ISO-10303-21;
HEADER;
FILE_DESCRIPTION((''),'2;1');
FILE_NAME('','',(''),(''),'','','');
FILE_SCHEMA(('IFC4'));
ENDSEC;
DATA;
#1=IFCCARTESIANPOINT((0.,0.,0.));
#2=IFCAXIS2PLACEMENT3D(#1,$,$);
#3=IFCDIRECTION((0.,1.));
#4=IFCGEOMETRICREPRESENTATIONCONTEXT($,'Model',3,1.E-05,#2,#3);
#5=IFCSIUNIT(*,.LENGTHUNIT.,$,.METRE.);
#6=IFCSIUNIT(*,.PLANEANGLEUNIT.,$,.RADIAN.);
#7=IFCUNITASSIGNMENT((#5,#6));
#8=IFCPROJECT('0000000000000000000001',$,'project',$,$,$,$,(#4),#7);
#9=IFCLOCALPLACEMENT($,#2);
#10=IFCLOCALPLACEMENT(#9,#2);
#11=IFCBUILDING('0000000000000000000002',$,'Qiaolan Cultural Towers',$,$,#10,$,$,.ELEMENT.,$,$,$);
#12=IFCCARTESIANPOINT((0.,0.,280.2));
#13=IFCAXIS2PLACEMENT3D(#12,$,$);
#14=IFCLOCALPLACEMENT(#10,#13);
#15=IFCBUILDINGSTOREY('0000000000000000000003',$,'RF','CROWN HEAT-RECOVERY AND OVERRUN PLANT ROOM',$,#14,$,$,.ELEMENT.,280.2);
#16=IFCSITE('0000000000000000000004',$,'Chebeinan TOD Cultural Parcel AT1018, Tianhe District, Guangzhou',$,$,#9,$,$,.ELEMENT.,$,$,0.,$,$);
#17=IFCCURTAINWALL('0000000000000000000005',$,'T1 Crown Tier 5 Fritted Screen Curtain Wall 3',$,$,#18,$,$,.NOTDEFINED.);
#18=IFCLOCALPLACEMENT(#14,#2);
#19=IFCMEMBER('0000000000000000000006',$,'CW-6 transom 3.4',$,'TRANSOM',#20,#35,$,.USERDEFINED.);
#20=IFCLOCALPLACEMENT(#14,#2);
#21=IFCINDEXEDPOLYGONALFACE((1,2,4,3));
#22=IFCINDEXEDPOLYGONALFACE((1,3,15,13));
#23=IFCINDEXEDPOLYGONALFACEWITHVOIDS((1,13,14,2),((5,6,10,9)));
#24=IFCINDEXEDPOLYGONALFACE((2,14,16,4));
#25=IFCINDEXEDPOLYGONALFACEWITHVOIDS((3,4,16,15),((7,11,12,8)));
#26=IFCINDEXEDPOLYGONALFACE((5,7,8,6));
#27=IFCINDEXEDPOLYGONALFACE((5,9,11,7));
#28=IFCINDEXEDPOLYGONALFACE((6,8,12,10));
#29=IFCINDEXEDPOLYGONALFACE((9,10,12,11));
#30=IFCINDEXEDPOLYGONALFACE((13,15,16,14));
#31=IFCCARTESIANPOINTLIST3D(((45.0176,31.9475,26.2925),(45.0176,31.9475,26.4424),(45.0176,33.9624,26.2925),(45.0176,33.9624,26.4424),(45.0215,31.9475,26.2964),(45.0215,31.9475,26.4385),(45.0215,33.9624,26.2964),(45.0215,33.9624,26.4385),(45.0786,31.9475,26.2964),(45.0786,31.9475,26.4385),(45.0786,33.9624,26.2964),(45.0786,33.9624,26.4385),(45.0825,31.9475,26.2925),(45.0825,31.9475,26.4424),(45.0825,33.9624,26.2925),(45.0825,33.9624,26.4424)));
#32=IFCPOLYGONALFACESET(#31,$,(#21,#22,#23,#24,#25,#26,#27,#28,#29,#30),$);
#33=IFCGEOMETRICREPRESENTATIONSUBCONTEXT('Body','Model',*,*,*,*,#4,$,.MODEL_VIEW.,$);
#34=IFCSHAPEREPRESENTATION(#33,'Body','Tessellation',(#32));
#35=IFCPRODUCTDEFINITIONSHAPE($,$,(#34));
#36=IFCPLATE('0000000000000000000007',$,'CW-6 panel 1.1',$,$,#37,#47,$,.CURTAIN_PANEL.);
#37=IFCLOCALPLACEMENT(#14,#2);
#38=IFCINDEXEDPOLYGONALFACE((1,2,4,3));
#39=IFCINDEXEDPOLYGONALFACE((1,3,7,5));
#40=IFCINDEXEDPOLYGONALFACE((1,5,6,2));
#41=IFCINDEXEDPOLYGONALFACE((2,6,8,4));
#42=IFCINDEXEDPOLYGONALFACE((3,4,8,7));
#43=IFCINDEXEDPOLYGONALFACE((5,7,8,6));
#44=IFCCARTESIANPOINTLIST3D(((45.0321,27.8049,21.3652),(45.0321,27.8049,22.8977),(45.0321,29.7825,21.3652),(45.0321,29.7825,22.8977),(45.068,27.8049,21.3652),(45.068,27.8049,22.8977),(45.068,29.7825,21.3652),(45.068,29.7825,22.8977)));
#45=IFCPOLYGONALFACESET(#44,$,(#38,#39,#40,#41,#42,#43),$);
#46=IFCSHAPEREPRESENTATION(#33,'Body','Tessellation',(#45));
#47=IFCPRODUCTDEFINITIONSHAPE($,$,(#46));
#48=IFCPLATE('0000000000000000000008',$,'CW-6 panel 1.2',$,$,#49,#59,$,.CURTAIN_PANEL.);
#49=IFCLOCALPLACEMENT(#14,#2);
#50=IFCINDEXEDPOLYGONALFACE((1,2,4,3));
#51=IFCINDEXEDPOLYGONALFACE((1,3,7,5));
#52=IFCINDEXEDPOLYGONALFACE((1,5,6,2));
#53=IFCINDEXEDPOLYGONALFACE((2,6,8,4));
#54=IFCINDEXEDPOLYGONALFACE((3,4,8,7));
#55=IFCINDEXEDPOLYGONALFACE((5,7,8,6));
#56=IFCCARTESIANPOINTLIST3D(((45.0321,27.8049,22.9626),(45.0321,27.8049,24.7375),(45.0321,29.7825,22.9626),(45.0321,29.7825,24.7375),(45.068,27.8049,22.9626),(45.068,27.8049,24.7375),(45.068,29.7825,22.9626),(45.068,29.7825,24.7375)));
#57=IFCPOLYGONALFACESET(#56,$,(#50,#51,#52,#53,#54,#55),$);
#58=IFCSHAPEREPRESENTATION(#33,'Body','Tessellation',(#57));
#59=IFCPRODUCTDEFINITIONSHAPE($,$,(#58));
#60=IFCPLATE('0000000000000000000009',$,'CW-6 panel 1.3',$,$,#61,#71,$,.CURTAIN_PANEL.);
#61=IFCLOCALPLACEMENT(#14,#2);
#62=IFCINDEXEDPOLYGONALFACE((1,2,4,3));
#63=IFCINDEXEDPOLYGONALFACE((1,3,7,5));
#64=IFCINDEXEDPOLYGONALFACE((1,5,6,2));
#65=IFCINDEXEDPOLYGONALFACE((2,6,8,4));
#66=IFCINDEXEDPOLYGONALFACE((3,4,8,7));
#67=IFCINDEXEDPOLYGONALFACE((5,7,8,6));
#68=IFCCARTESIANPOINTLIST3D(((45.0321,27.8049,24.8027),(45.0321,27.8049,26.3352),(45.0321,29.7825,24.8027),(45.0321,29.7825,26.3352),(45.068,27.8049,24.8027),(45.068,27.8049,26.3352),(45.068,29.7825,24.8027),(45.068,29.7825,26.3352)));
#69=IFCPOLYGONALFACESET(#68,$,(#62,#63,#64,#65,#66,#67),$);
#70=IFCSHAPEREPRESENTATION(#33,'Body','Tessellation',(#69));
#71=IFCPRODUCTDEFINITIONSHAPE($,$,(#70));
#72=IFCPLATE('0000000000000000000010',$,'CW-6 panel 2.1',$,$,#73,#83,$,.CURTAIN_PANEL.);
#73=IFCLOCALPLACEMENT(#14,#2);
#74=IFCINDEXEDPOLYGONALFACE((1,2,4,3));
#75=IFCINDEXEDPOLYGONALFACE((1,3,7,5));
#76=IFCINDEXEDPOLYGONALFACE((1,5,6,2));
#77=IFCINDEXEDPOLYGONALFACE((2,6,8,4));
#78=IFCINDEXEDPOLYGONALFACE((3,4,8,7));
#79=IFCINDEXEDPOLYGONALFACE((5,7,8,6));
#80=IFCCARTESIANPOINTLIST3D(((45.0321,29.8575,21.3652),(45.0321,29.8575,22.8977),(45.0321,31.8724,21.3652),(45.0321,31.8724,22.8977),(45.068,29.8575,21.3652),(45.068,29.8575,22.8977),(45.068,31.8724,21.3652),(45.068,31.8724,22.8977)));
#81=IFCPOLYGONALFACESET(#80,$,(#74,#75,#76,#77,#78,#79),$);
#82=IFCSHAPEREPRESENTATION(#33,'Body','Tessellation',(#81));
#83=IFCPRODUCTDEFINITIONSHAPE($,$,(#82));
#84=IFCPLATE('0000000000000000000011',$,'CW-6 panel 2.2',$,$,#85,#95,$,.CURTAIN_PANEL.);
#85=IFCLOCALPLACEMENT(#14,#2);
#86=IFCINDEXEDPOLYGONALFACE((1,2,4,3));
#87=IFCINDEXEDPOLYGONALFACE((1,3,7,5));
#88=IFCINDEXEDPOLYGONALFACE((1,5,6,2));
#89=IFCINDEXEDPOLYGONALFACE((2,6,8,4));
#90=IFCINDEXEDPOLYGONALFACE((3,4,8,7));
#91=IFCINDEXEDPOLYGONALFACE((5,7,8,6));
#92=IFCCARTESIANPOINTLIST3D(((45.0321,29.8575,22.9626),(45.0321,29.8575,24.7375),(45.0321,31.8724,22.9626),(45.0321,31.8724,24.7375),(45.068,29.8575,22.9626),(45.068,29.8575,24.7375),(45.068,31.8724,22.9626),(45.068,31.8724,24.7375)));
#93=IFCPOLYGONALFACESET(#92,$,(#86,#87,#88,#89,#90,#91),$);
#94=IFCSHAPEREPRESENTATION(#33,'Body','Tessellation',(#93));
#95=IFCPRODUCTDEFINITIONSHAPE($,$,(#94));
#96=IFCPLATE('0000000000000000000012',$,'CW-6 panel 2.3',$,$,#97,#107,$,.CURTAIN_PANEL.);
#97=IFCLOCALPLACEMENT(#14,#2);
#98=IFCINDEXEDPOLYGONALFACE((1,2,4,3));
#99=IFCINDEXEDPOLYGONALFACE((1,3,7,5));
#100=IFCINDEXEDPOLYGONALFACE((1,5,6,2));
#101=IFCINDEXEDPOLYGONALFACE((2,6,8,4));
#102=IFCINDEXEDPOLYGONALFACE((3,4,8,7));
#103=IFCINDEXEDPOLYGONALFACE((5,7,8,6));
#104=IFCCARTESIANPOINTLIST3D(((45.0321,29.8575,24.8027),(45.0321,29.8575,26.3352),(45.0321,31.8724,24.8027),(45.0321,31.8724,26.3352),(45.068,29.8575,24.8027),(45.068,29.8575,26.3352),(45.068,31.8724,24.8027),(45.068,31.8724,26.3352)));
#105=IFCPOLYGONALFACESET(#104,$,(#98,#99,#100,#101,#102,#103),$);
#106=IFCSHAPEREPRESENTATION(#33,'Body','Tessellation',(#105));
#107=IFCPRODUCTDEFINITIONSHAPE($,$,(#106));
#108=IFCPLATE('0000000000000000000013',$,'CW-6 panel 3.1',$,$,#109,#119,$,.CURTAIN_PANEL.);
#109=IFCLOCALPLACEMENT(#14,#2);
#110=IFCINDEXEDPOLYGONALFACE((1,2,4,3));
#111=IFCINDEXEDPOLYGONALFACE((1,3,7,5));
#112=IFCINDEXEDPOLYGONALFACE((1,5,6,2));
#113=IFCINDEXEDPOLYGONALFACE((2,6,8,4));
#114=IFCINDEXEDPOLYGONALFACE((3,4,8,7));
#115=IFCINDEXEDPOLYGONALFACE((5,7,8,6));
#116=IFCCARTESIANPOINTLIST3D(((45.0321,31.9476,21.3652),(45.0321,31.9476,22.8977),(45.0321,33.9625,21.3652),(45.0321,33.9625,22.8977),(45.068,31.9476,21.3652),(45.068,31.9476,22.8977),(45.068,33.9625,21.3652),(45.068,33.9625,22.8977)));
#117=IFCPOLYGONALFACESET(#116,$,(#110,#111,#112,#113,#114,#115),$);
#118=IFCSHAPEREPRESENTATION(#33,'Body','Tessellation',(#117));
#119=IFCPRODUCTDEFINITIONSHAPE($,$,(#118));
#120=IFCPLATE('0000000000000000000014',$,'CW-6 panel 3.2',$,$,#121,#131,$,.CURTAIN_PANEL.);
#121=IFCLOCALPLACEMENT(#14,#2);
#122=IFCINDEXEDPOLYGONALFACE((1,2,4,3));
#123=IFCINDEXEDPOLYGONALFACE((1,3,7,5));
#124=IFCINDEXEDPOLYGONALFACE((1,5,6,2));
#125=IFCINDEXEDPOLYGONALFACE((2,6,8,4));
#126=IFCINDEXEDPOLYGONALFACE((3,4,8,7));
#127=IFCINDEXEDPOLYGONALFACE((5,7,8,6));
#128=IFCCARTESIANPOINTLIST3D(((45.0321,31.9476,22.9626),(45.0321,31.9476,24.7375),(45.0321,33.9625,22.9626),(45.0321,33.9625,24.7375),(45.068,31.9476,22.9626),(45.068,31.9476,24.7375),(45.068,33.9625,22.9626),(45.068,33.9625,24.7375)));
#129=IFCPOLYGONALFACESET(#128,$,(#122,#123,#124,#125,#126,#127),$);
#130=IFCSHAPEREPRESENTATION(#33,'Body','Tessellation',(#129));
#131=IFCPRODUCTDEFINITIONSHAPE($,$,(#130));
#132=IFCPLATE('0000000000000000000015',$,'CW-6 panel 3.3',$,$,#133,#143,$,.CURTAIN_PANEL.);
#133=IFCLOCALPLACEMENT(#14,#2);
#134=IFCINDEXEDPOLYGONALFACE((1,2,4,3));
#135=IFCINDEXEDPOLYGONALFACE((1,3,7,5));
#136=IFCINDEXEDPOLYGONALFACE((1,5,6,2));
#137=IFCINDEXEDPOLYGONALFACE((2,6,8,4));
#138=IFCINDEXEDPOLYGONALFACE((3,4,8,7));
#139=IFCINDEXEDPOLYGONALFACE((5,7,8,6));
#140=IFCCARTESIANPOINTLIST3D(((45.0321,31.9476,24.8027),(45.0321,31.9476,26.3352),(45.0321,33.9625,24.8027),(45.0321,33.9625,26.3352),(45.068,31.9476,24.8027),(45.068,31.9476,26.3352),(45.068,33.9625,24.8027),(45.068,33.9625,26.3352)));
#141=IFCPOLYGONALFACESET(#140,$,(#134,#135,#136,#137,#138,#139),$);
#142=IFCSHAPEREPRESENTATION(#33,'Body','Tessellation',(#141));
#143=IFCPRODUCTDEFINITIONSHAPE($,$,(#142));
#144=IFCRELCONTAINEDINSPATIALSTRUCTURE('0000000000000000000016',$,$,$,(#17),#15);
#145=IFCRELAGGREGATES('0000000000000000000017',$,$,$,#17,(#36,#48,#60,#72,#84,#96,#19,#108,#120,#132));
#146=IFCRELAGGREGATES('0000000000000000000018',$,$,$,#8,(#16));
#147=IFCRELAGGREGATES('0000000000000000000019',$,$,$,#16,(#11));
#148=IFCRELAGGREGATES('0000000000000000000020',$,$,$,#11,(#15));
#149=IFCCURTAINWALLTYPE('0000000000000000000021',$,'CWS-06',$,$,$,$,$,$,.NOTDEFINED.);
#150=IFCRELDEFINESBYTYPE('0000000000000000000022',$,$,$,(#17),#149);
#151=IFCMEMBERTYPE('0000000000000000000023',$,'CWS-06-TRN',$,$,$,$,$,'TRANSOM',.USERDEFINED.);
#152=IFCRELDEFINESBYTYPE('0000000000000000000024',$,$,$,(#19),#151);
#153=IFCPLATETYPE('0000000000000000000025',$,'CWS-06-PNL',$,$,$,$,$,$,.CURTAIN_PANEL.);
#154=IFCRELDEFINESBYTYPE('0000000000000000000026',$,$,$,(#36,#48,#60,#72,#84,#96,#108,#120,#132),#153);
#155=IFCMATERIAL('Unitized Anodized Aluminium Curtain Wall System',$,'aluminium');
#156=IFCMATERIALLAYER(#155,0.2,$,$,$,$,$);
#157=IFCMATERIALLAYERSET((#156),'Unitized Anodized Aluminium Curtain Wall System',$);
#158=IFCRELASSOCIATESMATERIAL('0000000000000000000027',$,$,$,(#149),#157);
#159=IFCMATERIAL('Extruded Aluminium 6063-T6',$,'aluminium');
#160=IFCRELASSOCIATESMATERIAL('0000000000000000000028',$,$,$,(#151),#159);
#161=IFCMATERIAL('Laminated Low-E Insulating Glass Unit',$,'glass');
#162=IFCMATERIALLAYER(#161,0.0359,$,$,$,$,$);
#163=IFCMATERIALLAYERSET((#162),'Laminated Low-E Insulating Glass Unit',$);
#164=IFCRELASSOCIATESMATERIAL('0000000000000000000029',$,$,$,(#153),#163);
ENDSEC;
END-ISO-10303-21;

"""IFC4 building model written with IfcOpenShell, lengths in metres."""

from ifc_helpers import new_model, si_unit, direction, frame, origin, origin_2d, place, context, subcontext, project, spatial, rectangle, hollow_rectangle, extrude, material, layer, layer_set, material_profile, profile_set, type_object, element, aggregate, save


model = new_model("IFC4")

# Units and contexts
model_context = context("Model", 3, precision=1e-05, world=origin(), true_north=direction((0.0, 1.0)))
body_context = subcontext(model_context, "Body", "Model", "MODEL_VIEW")
ifc_project = project(units=[si_unit("LENGTHUNIT", "METRE"), si_unit("PLANEANGLEUNIT", "RADIAN")], contexts=[model_context])

# Site, building, storey
site_placement = place(None, origin())
site = spatial("IfcSite", under=ifc_project, at=site_placement, Name="Chebeinan TOD Cultural Parcel AT1018, Tianhe District, Guangzhou", CompositionType="ELEMENT", RefElevation=0.0)
building_placement = place(site_placement, origin())
building = spatial("IfcBuilding", under=site, at=building_placement, Name="Qiaolan Cultural Towers", CompositionType="ELEMENT")
storey_placement = place(building_placement, frame((0.0, 0.0, 280.2)))
storey = spatial("IfcBuildingStorey", under=building, at=storey_placement, Name="RF", Description="CROWN HEAT-RECOVERY AND OVERRUN PLANT ROOM", CompositionType="ELEMENT", Elevation=280.2)

# Curtain wall, member, plates
ifc_material_1 = material(Name="Unitized Anodized Aluminium Curtain Wall System", Category="aluminium")
ifc_layer_1 = layer(ifc_material_1, 0.2)
ifc_layer_set_1 = layer_set([ifc_layer_1], Name="Unitized Anodized Aluminium Curtain Wall System")
curtain_wall_type = type_object("IfcCurtainWallType", Name="CWS-06", PredefinedType="NOTDEFINED", material=ifc_layer_set_1)
curtain_wall_placement = place(storey_placement, origin())
curtain_wall = element("IfcCurtainWall", 1, at=curtain_wall_placement, inside=storey, type_object=curtain_wall_type, Name="T1 Crown Tier 5 Fritted Screen Curtain Wall 3", PredefinedType="NOTDEFINED")
ifc_material_2 = material(Name="Extruded Aluminium 6063-T6", Category="aluminium")
ifc_material_profile = material_profile(ifc_material_2, hollow_rectangle(XDim=0.0649, YDim=0.1499, WallThickness=0.0039, at=origin_2d()), Name="CWT-150x65x4")
ifc_profile_set = profile_set([ifc_material_profile], Name="Extruded Aluminium 6063-T6")
member_type = type_object("IfcMemberType", Name="CWS-06-TRN", ElementType="TRANSOM", PredefinedType="USERDEFINED", material=ifc_profile_set)
member_1_placement = place(storey_placement, frame((45.05, 31.9475, 26.3674), z_axis=(0.0, 1.0, 0.0), x_axis=(-1.0, 0.0, 0.0)))
member_1 = element("IfcMember", 2, at=member_1_placement, type_object=member_type, Name="CW-6 transom 3.4", ObjectType="TRANSOM", PredefinedType="USERDEFINED", context=body_context, shape_type="SweptSolid", body=[
    extrude(hollow_rectangle(XDim=0.0649, YDim=0.1499, WallThickness=0.0039, at=origin_2d()), origin(), (0.0, 0.0, 1.0), 2.0149),
])
ifc_material_3 = material(Name="Laminated Low-E Insulating Glass Unit", Category="glass")
ifc_layer_2 = layer(ifc_material_3, 0.0359)
ifc_layer_set_2 = layer_set([ifc_layer_2], Name="Laminated Low-E Insulating Glass Unit")
plate_type = type_object("IfcPlateType", Name="CWS-06-PNL", PredefinedType="CURTAIN_PANEL", material=ifc_layer_set_2)
plate_1_placement = place(storey_placement, frame((45.05, 28.7937, 21.3652), z_axis=(0.0, 0.0, 1.0), x_axis=(0.0, 1.0, 0.0)))
plate_1 = element("IfcPlate", 3, at=plate_1_placement, type_object=plate_type, Name="CW-6 panel 1.1", PredefinedType="CURTAIN_PANEL", context=body_context, shape_type="SweptSolid", body=[
    extrude(rectangle(XDim=1.9775, YDim=0.0359, at=origin_2d()), origin(), (0.0, 0.0, 1.0), 1.5325),
])
plate_2_placement = place(storey_placement, frame((45.05, 28.7937, 22.9626), z_axis=(0.0, 0.0, 1.0), x_axis=(0.0, 1.0, 0.0)))
plate_2 = element("IfcPlate", 4, at=plate_2_placement, type_object=plate_type, Name="CW-6 panel 1.2", PredefinedType="CURTAIN_PANEL", context=body_context, shape_type="SweptSolid", body=[
    extrude(rectangle(XDim=1.9775, YDim=0.0359, at=origin_2d()), origin(), (0.0, 0.0, 1.0), 1.7749),
])
plate_3_placement = place(storey_placement, frame((45.05, 28.7937, 24.8027), z_axis=(0.0, 0.0, 1.0), x_axis=(0.0, 1.0, 0.0)))
plate_3 = element("IfcPlate", 5, at=plate_3_placement, type_object=plate_type, Name="CW-6 panel 1.3", PredefinedType="CURTAIN_PANEL", context=body_context, shape_type="SweptSolid", body=[
    extrude(rectangle(XDim=1.9775, YDim=0.0359, at=origin_2d()), origin(), (0.0, 0.0, 1.0), 1.5325),
])
plate_4_placement = place(storey_placement, frame((45.05, 30.865, 21.3652), z_axis=(0.0, 0.0, 1.0), x_axis=(0.0, 1.0, 0.0)))
plate_4 = element("IfcPlate", 6, at=plate_4_placement, type_object=plate_type, Name="CW-6 panel 2.1", PredefinedType="CURTAIN_PANEL", context=body_context, shape_type="SweptSolid", body=[
    extrude(rectangle(XDim=2.0149, YDim=0.0359, at=origin_2d()), origin(), (0.0, 0.0, 1.0), 1.5325),
])
plate_5_placement = place(storey_placement, frame((45.05, 30.865, 22.9626), z_axis=(0.0, 0.0, 1.0), x_axis=(0.0, 1.0, 0.0)))
plate_5 = element("IfcPlate", 7, at=plate_5_placement, type_object=plate_type, Name="CW-6 panel 2.2", PredefinedType="CURTAIN_PANEL", context=body_context, shape_type="SweptSolid", body=[
    extrude(rectangle(XDim=2.0149, YDim=0.0359, at=origin_2d()), origin(), (0.0, 0.0, 1.0), 1.7749),
])
plate_6_placement = place(storey_placement, frame((45.05, 30.865, 24.8027), z_axis=(0.0, 0.0, 1.0), x_axis=(0.0, 1.0, 0.0)))
plate_6 = element("IfcPlate", 8, at=plate_6_placement, type_object=plate_type, Name="CW-6 panel 2.3", PredefinedType="CURTAIN_PANEL", context=body_context, shape_type="SweptSolid", body=[
    extrude(rectangle(XDim=2.0149, YDim=0.0359, at=origin_2d()), origin(), (0.0, 0.0, 1.0), 1.5325),
])
plate_7_placement = place(storey_placement, frame((45.05, 32.9551, 21.3652), z_axis=(0.0, 0.0, 1.0), x_axis=(0.0, 1.0, 0.0)))
plate_7 = element("IfcPlate", 9, at=plate_7_placement, type_object=plate_type, Name="CW-6 panel 3.1", PredefinedType="CURTAIN_PANEL", context=body_context, shape_type="SweptSolid", body=[
    extrude(rectangle(XDim=2.0149, YDim=0.0359, at=origin_2d()), origin(), (0.0, 0.0, 1.0), 1.5325),
])
plate_8_placement = place(storey_placement, frame((45.05, 32.9551, 22.9626), z_axis=(0.0, 0.0, 1.0), x_axis=(0.0, 1.0, 0.0)))
plate_8 = element("IfcPlate", 10, at=plate_8_placement, type_object=plate_type, Name="CW-6 panel 3.2", PredefinedType="CURTAIN_PANEL", context=body_context, shape_type="SweptSolid", body=[
    extrude(rectangle(XDim=2.0149, YDim=0.0359, at=origin_2d()), origin(), (0.0, 0.0, 1.0), 1.7749),
])
plate_9_placement = place(storey_placement, frame((45.05, 32.9551, 24.8027), z_axis=(0.0, 0.0, 1.0), x_axis=(0.0, 1.0, 0.0)))
plate_9 = element("IfcPlate", 11, at=plate_9_placement, type_object=plate_type, Name="CW-6 panel 3.3", PredefinedType="CURTAIN_PANEL", context=body_context, shape_type="SweptSolid", body=[
    extrude(rectangle(XDim=2.0149, YDim=0.0359, at=origin_2d()), origin(), (0.0, 0.0, 1.0), 1.5325),
])
aggregate(curtain_wall, [plate_1, plate_2, plate_3, plate_4, plate_5, plate_6, member_1, plate_7, plate_8, plate_9])

save(model, "model.ifc")
